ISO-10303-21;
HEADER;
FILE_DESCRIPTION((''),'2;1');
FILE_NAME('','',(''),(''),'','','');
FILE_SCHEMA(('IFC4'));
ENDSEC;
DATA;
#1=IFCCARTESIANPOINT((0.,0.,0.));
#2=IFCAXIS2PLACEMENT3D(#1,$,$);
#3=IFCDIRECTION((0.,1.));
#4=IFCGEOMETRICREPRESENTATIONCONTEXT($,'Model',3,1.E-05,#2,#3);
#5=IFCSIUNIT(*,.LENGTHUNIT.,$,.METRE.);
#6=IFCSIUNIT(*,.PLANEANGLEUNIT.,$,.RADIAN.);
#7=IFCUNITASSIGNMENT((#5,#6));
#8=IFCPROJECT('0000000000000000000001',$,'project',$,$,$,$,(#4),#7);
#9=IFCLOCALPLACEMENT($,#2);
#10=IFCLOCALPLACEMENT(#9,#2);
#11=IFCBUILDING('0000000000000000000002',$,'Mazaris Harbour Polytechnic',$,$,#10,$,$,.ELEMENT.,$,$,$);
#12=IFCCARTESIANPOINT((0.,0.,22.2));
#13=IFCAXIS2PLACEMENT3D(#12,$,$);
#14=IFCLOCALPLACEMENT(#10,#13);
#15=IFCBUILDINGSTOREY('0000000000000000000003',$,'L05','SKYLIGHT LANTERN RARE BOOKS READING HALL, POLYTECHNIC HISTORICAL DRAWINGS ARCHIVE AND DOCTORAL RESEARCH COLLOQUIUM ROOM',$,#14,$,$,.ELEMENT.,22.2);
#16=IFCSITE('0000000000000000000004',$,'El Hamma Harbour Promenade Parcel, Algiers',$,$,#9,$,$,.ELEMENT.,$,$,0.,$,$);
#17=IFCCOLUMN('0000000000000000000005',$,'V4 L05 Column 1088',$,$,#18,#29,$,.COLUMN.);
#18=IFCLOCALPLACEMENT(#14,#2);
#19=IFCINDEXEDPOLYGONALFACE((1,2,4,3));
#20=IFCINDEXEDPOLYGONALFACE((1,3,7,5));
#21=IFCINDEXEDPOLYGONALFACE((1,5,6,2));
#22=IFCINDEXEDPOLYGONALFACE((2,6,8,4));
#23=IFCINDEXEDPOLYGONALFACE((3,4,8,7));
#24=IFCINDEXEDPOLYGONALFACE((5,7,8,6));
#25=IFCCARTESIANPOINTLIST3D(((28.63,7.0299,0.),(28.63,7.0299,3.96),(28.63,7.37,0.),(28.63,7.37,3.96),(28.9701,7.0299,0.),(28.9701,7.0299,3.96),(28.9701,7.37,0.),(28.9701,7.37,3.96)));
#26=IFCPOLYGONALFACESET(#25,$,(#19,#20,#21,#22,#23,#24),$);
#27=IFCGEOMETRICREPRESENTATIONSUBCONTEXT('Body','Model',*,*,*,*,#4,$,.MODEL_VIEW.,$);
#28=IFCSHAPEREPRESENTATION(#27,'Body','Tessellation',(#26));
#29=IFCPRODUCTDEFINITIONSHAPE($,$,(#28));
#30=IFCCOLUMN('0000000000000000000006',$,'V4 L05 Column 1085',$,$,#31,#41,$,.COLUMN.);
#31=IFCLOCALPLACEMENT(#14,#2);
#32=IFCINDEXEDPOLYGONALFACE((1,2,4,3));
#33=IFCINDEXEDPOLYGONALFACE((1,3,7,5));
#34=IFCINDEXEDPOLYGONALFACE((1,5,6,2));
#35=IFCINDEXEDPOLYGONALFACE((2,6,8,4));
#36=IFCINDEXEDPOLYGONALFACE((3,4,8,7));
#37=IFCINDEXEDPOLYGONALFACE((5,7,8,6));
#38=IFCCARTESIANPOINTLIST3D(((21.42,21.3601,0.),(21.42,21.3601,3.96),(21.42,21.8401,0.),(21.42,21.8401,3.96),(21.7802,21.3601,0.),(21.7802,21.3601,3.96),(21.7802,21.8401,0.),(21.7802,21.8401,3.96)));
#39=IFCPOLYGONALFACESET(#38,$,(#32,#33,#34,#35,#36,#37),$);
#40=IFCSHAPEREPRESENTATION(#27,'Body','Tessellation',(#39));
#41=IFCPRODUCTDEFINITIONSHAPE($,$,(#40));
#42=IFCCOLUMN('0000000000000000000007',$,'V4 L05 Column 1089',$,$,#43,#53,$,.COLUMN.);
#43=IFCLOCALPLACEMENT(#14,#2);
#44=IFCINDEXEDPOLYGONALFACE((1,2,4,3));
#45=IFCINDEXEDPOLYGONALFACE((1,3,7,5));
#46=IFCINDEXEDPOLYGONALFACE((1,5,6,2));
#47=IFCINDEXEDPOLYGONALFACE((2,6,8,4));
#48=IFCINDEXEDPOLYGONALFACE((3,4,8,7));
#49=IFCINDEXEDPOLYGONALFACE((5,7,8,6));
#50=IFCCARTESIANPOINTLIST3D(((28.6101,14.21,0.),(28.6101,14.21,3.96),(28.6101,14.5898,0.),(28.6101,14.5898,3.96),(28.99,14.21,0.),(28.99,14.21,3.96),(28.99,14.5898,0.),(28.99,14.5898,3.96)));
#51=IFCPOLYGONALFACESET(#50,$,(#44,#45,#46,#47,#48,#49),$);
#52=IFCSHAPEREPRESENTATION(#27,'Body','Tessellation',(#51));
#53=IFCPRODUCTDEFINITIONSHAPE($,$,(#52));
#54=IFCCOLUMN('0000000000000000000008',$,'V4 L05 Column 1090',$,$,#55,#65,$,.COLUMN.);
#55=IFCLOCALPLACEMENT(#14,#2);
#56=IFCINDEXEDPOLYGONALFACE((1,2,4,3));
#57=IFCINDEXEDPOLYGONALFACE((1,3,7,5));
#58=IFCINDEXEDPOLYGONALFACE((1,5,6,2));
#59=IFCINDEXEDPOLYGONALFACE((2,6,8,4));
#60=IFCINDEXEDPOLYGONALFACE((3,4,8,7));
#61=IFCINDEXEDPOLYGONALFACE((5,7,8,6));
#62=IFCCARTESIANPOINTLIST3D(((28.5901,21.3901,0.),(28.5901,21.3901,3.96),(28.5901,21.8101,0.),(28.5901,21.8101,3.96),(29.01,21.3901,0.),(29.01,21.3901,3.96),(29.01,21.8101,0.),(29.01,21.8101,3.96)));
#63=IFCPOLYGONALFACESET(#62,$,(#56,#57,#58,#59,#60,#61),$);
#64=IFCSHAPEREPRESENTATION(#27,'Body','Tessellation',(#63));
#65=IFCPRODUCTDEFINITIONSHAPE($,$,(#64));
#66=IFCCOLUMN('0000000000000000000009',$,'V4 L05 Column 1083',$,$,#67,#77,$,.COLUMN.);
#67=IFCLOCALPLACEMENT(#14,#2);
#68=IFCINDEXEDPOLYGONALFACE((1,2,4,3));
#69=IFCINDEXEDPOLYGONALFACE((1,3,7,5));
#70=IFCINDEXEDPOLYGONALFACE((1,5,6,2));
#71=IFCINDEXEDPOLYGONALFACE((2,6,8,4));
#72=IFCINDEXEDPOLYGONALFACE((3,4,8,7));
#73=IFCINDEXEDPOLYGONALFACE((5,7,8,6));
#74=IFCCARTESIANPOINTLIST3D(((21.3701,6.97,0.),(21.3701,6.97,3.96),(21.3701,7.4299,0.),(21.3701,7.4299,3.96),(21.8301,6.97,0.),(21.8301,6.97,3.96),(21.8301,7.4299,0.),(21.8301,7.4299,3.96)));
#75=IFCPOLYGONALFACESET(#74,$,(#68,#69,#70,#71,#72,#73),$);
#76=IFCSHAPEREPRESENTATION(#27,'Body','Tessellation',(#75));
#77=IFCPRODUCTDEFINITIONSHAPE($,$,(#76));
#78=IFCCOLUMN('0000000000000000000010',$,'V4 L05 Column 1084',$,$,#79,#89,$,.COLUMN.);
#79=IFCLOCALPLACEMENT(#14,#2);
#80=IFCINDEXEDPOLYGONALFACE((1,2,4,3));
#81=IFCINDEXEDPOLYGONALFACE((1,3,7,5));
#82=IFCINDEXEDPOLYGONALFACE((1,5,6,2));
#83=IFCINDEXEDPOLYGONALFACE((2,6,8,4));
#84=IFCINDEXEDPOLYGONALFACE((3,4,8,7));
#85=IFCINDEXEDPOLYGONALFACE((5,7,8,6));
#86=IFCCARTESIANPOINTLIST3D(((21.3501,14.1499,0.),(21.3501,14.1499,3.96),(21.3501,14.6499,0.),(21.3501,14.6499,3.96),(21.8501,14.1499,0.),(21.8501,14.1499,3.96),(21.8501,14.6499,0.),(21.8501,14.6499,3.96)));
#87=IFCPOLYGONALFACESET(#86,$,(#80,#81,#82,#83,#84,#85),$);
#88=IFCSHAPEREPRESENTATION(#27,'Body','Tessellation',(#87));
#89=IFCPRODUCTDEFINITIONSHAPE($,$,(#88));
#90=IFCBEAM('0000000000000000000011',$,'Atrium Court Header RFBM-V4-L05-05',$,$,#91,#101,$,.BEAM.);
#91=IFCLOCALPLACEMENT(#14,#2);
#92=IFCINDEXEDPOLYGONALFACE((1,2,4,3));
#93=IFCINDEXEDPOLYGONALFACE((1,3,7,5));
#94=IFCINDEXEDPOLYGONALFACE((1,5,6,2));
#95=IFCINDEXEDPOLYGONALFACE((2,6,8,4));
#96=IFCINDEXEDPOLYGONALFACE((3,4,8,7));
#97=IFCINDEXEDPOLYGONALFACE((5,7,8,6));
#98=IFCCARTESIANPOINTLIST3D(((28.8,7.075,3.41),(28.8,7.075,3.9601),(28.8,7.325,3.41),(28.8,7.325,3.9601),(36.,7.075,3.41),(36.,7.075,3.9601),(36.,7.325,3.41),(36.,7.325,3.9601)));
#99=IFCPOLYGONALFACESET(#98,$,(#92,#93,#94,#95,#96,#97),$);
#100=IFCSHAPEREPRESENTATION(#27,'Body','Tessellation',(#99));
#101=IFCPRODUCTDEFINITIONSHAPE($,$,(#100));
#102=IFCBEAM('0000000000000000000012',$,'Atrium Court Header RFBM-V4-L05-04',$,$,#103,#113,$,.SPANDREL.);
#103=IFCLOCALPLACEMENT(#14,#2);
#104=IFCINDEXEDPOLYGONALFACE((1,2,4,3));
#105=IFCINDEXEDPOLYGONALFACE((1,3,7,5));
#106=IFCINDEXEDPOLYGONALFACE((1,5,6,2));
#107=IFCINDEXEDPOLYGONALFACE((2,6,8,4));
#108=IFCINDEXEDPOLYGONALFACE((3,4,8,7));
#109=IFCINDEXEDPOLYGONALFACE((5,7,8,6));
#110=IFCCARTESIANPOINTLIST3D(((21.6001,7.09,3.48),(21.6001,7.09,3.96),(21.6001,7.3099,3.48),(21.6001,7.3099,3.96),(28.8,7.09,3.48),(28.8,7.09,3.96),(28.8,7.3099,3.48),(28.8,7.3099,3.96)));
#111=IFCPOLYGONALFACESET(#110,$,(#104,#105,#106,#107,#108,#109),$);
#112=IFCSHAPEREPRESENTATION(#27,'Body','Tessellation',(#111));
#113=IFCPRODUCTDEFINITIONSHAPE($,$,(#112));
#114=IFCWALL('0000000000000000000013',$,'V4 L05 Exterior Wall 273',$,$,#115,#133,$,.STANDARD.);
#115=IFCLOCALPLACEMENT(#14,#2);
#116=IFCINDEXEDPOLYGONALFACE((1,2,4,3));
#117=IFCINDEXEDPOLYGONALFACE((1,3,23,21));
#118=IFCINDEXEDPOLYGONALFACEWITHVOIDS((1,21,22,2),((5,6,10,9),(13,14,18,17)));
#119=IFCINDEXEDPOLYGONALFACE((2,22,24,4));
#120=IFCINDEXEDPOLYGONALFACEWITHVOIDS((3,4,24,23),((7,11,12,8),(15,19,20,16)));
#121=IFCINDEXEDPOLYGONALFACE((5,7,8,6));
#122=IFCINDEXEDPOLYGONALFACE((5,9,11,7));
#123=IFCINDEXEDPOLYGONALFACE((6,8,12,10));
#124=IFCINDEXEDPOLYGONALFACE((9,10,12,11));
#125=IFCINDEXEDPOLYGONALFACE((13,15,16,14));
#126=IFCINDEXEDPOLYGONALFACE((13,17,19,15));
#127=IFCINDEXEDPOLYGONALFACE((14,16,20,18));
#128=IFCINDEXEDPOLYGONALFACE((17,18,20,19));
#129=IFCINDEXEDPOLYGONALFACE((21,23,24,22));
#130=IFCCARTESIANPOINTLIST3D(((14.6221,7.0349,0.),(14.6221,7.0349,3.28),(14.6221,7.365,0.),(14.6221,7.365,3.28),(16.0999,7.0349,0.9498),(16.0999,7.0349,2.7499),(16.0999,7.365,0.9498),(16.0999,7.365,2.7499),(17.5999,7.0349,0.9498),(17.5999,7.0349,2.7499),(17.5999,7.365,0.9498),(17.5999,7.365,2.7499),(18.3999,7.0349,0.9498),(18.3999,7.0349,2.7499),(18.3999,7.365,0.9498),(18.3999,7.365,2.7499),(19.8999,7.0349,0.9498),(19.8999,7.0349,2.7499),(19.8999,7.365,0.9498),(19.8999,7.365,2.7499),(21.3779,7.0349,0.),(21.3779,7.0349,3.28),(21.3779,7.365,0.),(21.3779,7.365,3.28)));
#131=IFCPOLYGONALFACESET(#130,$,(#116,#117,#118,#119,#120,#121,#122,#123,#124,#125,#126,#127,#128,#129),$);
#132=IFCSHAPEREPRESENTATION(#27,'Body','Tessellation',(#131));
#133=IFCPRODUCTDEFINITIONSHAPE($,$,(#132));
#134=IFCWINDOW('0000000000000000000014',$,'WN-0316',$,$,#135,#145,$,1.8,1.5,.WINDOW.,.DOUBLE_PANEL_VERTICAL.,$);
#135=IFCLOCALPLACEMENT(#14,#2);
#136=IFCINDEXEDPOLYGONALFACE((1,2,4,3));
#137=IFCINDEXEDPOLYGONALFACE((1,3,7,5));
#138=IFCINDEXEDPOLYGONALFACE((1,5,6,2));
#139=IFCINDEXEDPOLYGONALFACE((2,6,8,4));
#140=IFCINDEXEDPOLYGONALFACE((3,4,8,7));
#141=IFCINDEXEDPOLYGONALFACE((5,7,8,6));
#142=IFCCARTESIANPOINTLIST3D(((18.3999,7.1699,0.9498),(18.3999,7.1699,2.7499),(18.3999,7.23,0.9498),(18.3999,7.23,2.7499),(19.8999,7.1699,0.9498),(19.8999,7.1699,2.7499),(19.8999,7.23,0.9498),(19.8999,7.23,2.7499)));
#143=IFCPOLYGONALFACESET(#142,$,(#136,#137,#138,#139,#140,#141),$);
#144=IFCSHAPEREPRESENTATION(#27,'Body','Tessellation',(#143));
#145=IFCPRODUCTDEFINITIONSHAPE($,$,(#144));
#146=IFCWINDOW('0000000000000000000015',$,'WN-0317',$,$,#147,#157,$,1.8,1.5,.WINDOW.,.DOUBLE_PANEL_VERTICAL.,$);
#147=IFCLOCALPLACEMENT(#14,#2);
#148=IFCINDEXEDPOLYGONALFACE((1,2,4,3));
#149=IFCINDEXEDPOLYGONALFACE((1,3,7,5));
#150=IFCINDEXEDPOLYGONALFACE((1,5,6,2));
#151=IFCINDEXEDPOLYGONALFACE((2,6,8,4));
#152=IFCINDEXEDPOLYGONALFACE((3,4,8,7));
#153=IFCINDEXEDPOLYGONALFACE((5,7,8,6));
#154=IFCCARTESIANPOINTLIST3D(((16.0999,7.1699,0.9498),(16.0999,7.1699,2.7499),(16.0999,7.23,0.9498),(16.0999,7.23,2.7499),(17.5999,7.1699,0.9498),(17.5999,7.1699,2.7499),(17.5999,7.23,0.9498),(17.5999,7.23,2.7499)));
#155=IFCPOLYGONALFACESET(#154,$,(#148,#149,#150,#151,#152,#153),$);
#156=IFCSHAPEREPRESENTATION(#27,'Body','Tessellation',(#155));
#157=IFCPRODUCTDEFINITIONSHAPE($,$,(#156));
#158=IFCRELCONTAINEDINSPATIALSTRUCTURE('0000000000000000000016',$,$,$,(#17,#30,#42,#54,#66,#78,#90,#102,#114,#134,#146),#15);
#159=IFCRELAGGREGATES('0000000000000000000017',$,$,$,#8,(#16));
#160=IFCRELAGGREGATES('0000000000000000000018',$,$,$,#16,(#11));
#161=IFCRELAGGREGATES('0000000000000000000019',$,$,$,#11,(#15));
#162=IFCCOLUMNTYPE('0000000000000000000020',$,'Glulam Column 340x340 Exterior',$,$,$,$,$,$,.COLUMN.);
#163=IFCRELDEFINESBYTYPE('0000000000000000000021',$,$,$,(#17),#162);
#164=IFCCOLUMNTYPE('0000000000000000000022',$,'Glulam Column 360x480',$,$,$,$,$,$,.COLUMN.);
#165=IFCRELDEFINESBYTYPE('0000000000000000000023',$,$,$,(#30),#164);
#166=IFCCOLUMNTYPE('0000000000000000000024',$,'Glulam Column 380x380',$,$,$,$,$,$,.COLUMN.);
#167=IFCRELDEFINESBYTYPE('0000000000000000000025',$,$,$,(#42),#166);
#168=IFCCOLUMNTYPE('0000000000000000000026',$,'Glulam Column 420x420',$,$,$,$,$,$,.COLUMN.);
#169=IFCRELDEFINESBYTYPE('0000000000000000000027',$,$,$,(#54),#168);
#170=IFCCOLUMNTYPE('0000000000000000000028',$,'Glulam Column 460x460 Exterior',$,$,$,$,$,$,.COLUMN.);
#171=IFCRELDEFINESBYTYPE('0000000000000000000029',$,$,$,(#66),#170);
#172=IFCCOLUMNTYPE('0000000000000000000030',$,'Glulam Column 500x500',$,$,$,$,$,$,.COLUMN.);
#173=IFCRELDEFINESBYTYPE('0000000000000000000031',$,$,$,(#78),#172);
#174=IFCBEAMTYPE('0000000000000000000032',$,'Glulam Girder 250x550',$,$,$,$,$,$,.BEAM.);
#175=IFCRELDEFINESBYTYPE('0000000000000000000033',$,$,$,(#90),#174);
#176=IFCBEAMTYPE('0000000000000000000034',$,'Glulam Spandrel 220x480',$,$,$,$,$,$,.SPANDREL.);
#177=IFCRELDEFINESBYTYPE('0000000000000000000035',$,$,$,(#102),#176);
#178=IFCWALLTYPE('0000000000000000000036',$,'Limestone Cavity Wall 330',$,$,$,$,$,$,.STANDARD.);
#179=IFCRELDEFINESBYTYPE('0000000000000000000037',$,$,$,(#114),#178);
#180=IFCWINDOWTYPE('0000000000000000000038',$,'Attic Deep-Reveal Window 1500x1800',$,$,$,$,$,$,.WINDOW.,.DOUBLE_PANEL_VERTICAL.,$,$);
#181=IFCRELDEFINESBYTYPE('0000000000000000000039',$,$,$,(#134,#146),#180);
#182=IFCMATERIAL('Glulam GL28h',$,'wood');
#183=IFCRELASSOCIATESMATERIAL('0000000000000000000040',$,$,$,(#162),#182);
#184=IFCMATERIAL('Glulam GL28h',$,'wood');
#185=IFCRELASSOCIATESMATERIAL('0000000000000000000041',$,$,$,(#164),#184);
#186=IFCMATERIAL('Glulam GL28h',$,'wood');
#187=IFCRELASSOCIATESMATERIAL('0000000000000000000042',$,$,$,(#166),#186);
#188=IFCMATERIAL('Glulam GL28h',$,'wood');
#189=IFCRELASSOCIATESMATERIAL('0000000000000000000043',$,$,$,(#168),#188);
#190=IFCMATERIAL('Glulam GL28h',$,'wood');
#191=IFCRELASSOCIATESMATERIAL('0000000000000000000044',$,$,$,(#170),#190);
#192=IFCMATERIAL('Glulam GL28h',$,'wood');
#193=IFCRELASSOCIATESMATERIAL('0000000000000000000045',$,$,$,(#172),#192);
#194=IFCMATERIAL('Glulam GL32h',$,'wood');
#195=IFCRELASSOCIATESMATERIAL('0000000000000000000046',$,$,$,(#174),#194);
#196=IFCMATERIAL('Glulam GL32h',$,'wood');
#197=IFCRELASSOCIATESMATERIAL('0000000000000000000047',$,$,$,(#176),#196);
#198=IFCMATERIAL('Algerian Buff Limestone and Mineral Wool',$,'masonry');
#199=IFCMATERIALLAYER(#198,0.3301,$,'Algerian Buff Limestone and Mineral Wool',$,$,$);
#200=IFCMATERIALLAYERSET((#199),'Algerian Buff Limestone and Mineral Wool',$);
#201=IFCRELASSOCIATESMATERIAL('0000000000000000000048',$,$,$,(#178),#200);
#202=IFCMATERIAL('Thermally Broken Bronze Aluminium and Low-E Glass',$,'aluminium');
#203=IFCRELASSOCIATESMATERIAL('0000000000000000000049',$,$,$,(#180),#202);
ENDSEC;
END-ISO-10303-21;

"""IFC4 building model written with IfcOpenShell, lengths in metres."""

from ifc_helpers import new_model, si_unit, direction, frame, frame_2d, origin, origin_2d, place, context, subcontext, project, spatial, rectangle, extrude, material, layer, layer_set, material_profile, profile_set, type_object, element, fill, save


model = new_model("IFC4")

# Units and contexts
model_context = context("Model", 3, precision=1e-05, world=origin(), true_north=direction((0.0, 1.0)))
body_context = subcontext(model_context, "Body", "Model", "MODEL_VIEW")
ifc_project = project(units=[si_unit("LENGTHUNIT", "METRE"), si_unit("PLANEANGLEUNIT", "RADIAN")], contexts=[model_context])

# Site, building, storey
site_placement = place(None, origin())
site = spatial("IfcSite", under=ifc_project, at=site_placement, Name="El Hamma Harbour Promenade Parcel, Algiers", CompositionType="ELEMENT", RefElevation=0.0)
building_placement = place(site_placement, origin())
building = spatial("IfcBuilding", under=site, at=building_placement, Name="Mazaris Harbour Polytechnic", CompositionType="ELEMENT")
storey_placement = place(building_placement, frame((0.0, 0.0, 22.2)))
storey = spatial("IfcBuildingStorey", under=building, at=storey_placement, Name="L05", Description="SKYLIGHT LANTERN RARE BOOKS READING HALL, POLYTECHNIC HISTORICAL DRAWINGS ARCHIVE AND DOCTORAL RESEARCH COLLOQUIUM ROOM", CompositionType="ELEMENT", Elevation=22.2)

# Columns
ifc_material_1 = material(Name="Glulam GL28h", Category="wood")
ifc_material_profile_1 = material_profile(ifc_material_1, rectangle(XDim=0.3401, YDim=0.3401, at=origin_2d()), Name="RECT340x340")
ifc_profile_set_1 = profile_set([ifc_material_profile_1], Name="Glulam GL28h")
column_type_1 = type_object("IfcColumnType", Name="Glulam Column 340x340 Exterior", PredefinedType="COLUMN", material=ifc_profile_set_1)
column_1_placement = place(storey_placement, frame((28.8, 7.2, 0.0), z_axis=(0.0, 0.0, 1.0), x_axis=(1.0, 0.0, 0.0)))
element("IfcColumn", 1, at=column_1_placement, inside=storey, type_object=column_type_1, Name="V4 L05 Column 1088", PredefinedType="COLUMN", context=body_context, shape_type="SweptSolid", body=[
    extrude(rectangle(XDim=0.3401, YDim=0.3401, at=origin_2d()), origin(), (0.0, 0.0, 1.0), 3.96),
])
ifc_material_2 = material(Name="Glulam GL28h", Category="wood")
ifc_material_profile_2 = material_profile(ifc_material_2, rectangle(XDim=0.3601, YDim=0.48, at=origin_2d()), Name="RECT360x480")
ifc_profile_set_2 = profile_set([ifc_material_profile_2], Name="Glulam GL28h")
column_type_2 = type_object("IfcColumnType", Name="Glulam Column 360x480", PredefinedType="COLUMN", material=ifc_profile_set_2)
column_2_placement = place(storey_placement, frame((21.6001, 21.6001, 0.0), z_axis=(0.0, 0.0, 1.0), x_axis=(1.0, 0.0, 0.0)))
element("IfcColumn", 2, at=column_2_placement, inside=storey, type_object=column_type_2, Name="V4 L05 Column 1085", PredefinedType="COLUMN", context=body_context, shape_type="SweptSolid", body=[
    extrude(rectangle(XDim=0.3601, YDim=0.48, at=origin_2d()), origin(), (0.0, 0.0, 1.0), 3.96),
])
ifc_material_3 = material(Name="Glulam GL28h", Category="wood")
ifc_material_profile_3 = material_profile(ifc_material_3, rectangle(XDim=0.3799, YDim=0.3799, at=origin_2d()), Name="RECT380x380")
ifc_profile_set_3 = profile_set([ifc_material_profile_3], Name="Glulam GL28h")
column_type_3 = type_object("IfcColumnType", Name="Glulam Column 380x380", PredefinedType="COLUMN", material=ifc_profile_set_3)
column_3_placement = place(storey_placement, frame((28.8, 14.3999, 0.0), z_axis=(0.0, 0.0, 1.0), x_axis=(1.0, 0.0, 0.0)))
element("IfcColumn", 3, at=column_3_placement, inside=storey, type_object=column_type_3, Name="V4 L05 Column 1089", PredefinedType="COLUMN", context=body_context, shape_type="SweptSolid", body=[
    extrude(rectangle(XDim=0.3799, YDim=0.3799, at=origin_2d()), origin(), (0.0, 0.0, 1.0), 3.96),
])
ifc_material_4 = material(Name="Glulam GL28h", Category="wood")
ifc_material_profile_4 = material_profile(ifc_material_4, rectangle(XDim=0.4199, YDim=0.4199, at=origin_2d()), Name="RECT420x420")
ifc_profile_set_4 = profile_set([ifc_material_profile_4], Name="Glulam GL28h")
column_type_4 = type_object("IfcColumnType", Name="Glulam Column 420x420", PredefinedType="COLUMN", material=ifc_profile_set_4)
column_4_placement = place(storey_placement, frame((28.8, 21.6001, 0.0), z_axis=(0.0, 0.0, 1.0), x_axis=(1.0, 0.0, 0.0)))
element("IfcColumn", 4, at=column_4_placement, inside=storey, type_object=column_type_4, Name="V4 L05 Column 1090", PredefinedType="COLUMN", context=body_context, shape_type="SweptSolid", body=[
    extrude(rectangle(XDim=0.4199, YDim=0.4199, at=origin_2d()), origin(), (0.0, 0.0, 1.0), 3.96),
])
ifc_material_5 = material(Name="Glulam GL28h", Category="wood")
ifc_material_profile_5 = material_profile(ifc_material_5, rectangle(XDim=0.46, YDim=0.46, at=origin_2d()), Name="RECT460x460")
ifc_profile_set_5 = profile_set([ifc_material_profile_5], Name="Glulam GL28h")
column_type_5 = type_object("IfcColumnType", Name="Glulam Column 460x460 Exterior", PredefinedType="COLUMN", material=ifc_profile_set_5)
column_5_placement = place(storey_placement, frame((21.6001, 7.2, 0.0), z_axis=(0.0, 0.0, 1.0), x_axis=(1.0, 0.0, 0.0)))
element("IfcColumn", 5, at=column_5_placement, inside=storey, type_object=column_type_5, Name="V4 L05 Column 1083", PredefinedType="COLUMN", context=body_context, shape_type="SweptSolid", body=[
    extrude(rectangle(XDim=0.46, YDim=0.46, at=origin_2d()), origin(), (0.0, 0.0, 1.0), 3.96),
])
ifc_material_6 = material(Name="Glulam GL28h", Category="wood")
ifc_material_profile_6 = material_profile(ifc_material_6, rectangle(XDim=0.5, YDim=0.5, at=origin_2d()), Name="RECT500x500")
ifc_profile_set_6 = profile_set([ifc_material_profile_6], Name="Glulam GL28h")
column_type_6 = type_object("IfcColumnType", Name="Glulam Column 500x500", PredefinedType="COLUMN", material=ifc_profile_set_6)
column_6_placement = place(storey_placement, frame((21.6001, 14.3999, 0.0), z_axis=(0.0, 0.0, 1.0), x_axis=(1.0, 0.0, 0.0)))
element("IfcColumn", 6, at=column_6_placement, inside=storey, type_object=column_type_6, Name="V4 L05 Column 1084", PredefinedType="COLUMN", context=body_context, shape_type="SweptSolid", body=[
    extrude(rectangle(XDim=0.5, YDim=0.5, at=origin_2d()), origin(), (0.0, 0.0, 1.0), 3.96),
])

# Beams
ifc_material_7 = material(Name="Glulam GL32h", Category="wood")
ifc_material_profile_7 = material_profile(ifc_material_7, rectangle(XDim=0.25, YDim=0.55, at=origin_2d()), Name="RECT250x550")
ifc_profile_set_7 = profile_set([ifc_material_profile_7], Name="Glulam GL32h")
beam_type_1 = type_object("IfcBeamType", Name="Glulam Girder 250x550", PredefinedType="BEAM", material=ifc_profile_set_7)
beam_1_placement = place(storey_placement, frame((28.8, 7.2, 3.6851), z_axis=(1.0, 0.0, 0.0), x_axis=(0.0, 1.0, 0.0)))
element("IfcBeam", 7, at=beam_1_placement, inside=storey, type_object=beam_type_1, Name="Atrium Court Header RFBM-V4-L05-05", PredefinedType="BEAM", context=body_context, shape_type="SweptSolid", body=[
    extrude(rectangle(XDim=0.25, YDim=0.55, at=origin_2d()), origin(), (0.0, 0.0, 1.0), 7.2),
])
ifc_material_8 = material(Name="Glulam GL32h", Category="wood")
ifc_material_profile_8 = material_profile(ifc_material_8, rectangle(XDim=0.22, YDim=0.48, at=origin_2d()), Name="RECT220x480")
ifc_profile_set_8 = profile_set([ifc_material_profile_8], Name="Glulam GL32h")
beam_type_2 = type_object("IfcBeamType", Name="Glulam Spandrel 220x480", PredefinedType="SPANDREL", material=ifc_profile_set_8)
beam_2_placement = place(storey_placement, frame((21.6001, 7.2, 3.72), z_axis=(1.0, 0.0, 0.0), x_axis=(0.0, 1.0, 0.0)))
element("IfcBeam", 8, at=beam_2_placement, inside=storey, type_object=beam_type_2, Name="Atrium Court Header RFBM-V4-L05-04", PredefinedType="SPANDREL", context=body_context, shape_type="SweptSolid", body=[
    extrude(rectangle(XDim=0.22, YDim=0.48, at=origin_2d()), origin(), (0.0, 0.0, 1.0), 7.2),
])

# Wall, openings, windows
ifc_material_9 = material(Name="Algerian Buff Limestone and Mineral Wool", Category="masonry")
ifc_layer_1 = layer(ifc_material_9, 0.3301, Name="Algerian Buff Limestone and Mineral Wool")
ifc_layer_set_1 = layer_set([ifc_layer_1], Name="Algerian Buff Limestone and Mineral Wool")
wall_type_1 = type_object("IfcWallType", Name="Limestone Cavity Wall 330", PredefinedType="STANDARD", material=ifc_layer_set_1)
wall_1_placement = place(storey_placement, frame((21.3779, 7.2, 0.0), z_axis=(0.0, 0.0, 1.0), x_axis=(-1.0, 0.0, 0.0)))
wall_1 = element("IfcWall", 9, at=wall_1_placement, inside=storey, type_object=wall_type_1, Name="V4 L05 Exterior Wall 273", PredefinedType="STANDARD", context=body_context, shape_type="SweptSolid", body=[
    extrude(rectangle(XDim=6.7559, YDim=0.3301, at=frame_2d((3.3779, 0.0))), origin(), (0.0, 0.0, 1.0), 3.28),
])
opening_1_placement = place(wall_1_placement, frame((1.478, 0.0, 0.95)))
opening_1 = element("IfcOpeningElement", 10, at=opening_1_placement, cuts=wall_1, PredefinedType="OPENING", context=body_context, shape_type="SweptSolid", body=[
    extrude(rectangle(XDim=1.5, YDim=1.8, at=frame_2d((0.75, 0.8999))), frame((0.0, 0.175, 0.0), z_axis=(0.0, -1.0, 0.0), x_axis=(1.0, 0.0, 0.0)), (0.0, 0.0, 1.0), 0.3501),
])
opening_2_placement = place(wall_1_placement, frame((3.7781, 0.0, 0.95)))
opening_2 = element("IfcOpeningElement", 11, at=opening_2_placement, cuts=wall_1, PredefinedType="OPENING", context=body_context, shape_type="SweptSolid", body=[
    extrude(rectangle(XDim=1.5, YDim=1.8, at=frame_2d((0.75, 0.8999))), frame((0.0, 0.175, 0.0), z_axis=(0.0, -1.0, 0.0), x_axis=(1.0, 0.0, 0.0)), (0.0, 0.0, 1.0), 0.3501),
])
ifc_material_10 = material(Name="Thermally Broken Bronze Aluminium and Low-E Glass", Category="aluminium")
window_type_1 = type_object("IfcWindowType", Name="Attic Deep-Reveal Window 1500x1800", PartitioningType="DOUBLE_PANEL_VERTICAL", PredefinedType="WINDOW", material=ifc_material_10)
window_1_placement = place(opening_1_placement, origin())
window_1 = element("IfcWindow", 12, at=window_1_placement, inside=storey, type_object=window_type_1, Name="WN-0316", OverallHeight=1.8, OverallWidth=1.5, PartitioningType="DOUBLE_PANEL_VERTICAL", PredefinedType="WINDOW", context=body_context, shape_type="SweptSolid", body=[
    extrude(rectangle(XDim=1.5, YDim=1.8, at=frame_2d((0.75, 0.8999))), frame((0.0, 0.03, 0.0), z_axis=(0.0, -1.0, 0.0), x_axis=(1.0, 0.0, 0.0)), (0.0, 0.0, 1.0), 0.0601),
])
fill(opening_1, window_1)
window_2_placement = place(opening_2_placement, origin())
window_2 = element("IfcWindow", 13, at=window_2_placement, inside=storey, type_object=window_type_1, Name="WN-0317", OverallHeight=1.8, OverallWidth=1.5, PartitioningType="DOUBLE_PANEL_VERTICAL", PredefinedType="WINDOW", context=body_context, shape_type="SweptSolid", body=[
    extrude(rectangle(XDim=1.5, YDim=1.8, at=frame_2d((0.75, 0.8999))), frame((0.0, 0.03, 0.0), z_axis=(0.0, -1.0, 0.0), x_axis=(1.0, 0.0, 0.0)), (0.0, 0.0, 1.0), 0.0601),
])
fill(opening_2, window_2)

save(model, "model.ifc")
